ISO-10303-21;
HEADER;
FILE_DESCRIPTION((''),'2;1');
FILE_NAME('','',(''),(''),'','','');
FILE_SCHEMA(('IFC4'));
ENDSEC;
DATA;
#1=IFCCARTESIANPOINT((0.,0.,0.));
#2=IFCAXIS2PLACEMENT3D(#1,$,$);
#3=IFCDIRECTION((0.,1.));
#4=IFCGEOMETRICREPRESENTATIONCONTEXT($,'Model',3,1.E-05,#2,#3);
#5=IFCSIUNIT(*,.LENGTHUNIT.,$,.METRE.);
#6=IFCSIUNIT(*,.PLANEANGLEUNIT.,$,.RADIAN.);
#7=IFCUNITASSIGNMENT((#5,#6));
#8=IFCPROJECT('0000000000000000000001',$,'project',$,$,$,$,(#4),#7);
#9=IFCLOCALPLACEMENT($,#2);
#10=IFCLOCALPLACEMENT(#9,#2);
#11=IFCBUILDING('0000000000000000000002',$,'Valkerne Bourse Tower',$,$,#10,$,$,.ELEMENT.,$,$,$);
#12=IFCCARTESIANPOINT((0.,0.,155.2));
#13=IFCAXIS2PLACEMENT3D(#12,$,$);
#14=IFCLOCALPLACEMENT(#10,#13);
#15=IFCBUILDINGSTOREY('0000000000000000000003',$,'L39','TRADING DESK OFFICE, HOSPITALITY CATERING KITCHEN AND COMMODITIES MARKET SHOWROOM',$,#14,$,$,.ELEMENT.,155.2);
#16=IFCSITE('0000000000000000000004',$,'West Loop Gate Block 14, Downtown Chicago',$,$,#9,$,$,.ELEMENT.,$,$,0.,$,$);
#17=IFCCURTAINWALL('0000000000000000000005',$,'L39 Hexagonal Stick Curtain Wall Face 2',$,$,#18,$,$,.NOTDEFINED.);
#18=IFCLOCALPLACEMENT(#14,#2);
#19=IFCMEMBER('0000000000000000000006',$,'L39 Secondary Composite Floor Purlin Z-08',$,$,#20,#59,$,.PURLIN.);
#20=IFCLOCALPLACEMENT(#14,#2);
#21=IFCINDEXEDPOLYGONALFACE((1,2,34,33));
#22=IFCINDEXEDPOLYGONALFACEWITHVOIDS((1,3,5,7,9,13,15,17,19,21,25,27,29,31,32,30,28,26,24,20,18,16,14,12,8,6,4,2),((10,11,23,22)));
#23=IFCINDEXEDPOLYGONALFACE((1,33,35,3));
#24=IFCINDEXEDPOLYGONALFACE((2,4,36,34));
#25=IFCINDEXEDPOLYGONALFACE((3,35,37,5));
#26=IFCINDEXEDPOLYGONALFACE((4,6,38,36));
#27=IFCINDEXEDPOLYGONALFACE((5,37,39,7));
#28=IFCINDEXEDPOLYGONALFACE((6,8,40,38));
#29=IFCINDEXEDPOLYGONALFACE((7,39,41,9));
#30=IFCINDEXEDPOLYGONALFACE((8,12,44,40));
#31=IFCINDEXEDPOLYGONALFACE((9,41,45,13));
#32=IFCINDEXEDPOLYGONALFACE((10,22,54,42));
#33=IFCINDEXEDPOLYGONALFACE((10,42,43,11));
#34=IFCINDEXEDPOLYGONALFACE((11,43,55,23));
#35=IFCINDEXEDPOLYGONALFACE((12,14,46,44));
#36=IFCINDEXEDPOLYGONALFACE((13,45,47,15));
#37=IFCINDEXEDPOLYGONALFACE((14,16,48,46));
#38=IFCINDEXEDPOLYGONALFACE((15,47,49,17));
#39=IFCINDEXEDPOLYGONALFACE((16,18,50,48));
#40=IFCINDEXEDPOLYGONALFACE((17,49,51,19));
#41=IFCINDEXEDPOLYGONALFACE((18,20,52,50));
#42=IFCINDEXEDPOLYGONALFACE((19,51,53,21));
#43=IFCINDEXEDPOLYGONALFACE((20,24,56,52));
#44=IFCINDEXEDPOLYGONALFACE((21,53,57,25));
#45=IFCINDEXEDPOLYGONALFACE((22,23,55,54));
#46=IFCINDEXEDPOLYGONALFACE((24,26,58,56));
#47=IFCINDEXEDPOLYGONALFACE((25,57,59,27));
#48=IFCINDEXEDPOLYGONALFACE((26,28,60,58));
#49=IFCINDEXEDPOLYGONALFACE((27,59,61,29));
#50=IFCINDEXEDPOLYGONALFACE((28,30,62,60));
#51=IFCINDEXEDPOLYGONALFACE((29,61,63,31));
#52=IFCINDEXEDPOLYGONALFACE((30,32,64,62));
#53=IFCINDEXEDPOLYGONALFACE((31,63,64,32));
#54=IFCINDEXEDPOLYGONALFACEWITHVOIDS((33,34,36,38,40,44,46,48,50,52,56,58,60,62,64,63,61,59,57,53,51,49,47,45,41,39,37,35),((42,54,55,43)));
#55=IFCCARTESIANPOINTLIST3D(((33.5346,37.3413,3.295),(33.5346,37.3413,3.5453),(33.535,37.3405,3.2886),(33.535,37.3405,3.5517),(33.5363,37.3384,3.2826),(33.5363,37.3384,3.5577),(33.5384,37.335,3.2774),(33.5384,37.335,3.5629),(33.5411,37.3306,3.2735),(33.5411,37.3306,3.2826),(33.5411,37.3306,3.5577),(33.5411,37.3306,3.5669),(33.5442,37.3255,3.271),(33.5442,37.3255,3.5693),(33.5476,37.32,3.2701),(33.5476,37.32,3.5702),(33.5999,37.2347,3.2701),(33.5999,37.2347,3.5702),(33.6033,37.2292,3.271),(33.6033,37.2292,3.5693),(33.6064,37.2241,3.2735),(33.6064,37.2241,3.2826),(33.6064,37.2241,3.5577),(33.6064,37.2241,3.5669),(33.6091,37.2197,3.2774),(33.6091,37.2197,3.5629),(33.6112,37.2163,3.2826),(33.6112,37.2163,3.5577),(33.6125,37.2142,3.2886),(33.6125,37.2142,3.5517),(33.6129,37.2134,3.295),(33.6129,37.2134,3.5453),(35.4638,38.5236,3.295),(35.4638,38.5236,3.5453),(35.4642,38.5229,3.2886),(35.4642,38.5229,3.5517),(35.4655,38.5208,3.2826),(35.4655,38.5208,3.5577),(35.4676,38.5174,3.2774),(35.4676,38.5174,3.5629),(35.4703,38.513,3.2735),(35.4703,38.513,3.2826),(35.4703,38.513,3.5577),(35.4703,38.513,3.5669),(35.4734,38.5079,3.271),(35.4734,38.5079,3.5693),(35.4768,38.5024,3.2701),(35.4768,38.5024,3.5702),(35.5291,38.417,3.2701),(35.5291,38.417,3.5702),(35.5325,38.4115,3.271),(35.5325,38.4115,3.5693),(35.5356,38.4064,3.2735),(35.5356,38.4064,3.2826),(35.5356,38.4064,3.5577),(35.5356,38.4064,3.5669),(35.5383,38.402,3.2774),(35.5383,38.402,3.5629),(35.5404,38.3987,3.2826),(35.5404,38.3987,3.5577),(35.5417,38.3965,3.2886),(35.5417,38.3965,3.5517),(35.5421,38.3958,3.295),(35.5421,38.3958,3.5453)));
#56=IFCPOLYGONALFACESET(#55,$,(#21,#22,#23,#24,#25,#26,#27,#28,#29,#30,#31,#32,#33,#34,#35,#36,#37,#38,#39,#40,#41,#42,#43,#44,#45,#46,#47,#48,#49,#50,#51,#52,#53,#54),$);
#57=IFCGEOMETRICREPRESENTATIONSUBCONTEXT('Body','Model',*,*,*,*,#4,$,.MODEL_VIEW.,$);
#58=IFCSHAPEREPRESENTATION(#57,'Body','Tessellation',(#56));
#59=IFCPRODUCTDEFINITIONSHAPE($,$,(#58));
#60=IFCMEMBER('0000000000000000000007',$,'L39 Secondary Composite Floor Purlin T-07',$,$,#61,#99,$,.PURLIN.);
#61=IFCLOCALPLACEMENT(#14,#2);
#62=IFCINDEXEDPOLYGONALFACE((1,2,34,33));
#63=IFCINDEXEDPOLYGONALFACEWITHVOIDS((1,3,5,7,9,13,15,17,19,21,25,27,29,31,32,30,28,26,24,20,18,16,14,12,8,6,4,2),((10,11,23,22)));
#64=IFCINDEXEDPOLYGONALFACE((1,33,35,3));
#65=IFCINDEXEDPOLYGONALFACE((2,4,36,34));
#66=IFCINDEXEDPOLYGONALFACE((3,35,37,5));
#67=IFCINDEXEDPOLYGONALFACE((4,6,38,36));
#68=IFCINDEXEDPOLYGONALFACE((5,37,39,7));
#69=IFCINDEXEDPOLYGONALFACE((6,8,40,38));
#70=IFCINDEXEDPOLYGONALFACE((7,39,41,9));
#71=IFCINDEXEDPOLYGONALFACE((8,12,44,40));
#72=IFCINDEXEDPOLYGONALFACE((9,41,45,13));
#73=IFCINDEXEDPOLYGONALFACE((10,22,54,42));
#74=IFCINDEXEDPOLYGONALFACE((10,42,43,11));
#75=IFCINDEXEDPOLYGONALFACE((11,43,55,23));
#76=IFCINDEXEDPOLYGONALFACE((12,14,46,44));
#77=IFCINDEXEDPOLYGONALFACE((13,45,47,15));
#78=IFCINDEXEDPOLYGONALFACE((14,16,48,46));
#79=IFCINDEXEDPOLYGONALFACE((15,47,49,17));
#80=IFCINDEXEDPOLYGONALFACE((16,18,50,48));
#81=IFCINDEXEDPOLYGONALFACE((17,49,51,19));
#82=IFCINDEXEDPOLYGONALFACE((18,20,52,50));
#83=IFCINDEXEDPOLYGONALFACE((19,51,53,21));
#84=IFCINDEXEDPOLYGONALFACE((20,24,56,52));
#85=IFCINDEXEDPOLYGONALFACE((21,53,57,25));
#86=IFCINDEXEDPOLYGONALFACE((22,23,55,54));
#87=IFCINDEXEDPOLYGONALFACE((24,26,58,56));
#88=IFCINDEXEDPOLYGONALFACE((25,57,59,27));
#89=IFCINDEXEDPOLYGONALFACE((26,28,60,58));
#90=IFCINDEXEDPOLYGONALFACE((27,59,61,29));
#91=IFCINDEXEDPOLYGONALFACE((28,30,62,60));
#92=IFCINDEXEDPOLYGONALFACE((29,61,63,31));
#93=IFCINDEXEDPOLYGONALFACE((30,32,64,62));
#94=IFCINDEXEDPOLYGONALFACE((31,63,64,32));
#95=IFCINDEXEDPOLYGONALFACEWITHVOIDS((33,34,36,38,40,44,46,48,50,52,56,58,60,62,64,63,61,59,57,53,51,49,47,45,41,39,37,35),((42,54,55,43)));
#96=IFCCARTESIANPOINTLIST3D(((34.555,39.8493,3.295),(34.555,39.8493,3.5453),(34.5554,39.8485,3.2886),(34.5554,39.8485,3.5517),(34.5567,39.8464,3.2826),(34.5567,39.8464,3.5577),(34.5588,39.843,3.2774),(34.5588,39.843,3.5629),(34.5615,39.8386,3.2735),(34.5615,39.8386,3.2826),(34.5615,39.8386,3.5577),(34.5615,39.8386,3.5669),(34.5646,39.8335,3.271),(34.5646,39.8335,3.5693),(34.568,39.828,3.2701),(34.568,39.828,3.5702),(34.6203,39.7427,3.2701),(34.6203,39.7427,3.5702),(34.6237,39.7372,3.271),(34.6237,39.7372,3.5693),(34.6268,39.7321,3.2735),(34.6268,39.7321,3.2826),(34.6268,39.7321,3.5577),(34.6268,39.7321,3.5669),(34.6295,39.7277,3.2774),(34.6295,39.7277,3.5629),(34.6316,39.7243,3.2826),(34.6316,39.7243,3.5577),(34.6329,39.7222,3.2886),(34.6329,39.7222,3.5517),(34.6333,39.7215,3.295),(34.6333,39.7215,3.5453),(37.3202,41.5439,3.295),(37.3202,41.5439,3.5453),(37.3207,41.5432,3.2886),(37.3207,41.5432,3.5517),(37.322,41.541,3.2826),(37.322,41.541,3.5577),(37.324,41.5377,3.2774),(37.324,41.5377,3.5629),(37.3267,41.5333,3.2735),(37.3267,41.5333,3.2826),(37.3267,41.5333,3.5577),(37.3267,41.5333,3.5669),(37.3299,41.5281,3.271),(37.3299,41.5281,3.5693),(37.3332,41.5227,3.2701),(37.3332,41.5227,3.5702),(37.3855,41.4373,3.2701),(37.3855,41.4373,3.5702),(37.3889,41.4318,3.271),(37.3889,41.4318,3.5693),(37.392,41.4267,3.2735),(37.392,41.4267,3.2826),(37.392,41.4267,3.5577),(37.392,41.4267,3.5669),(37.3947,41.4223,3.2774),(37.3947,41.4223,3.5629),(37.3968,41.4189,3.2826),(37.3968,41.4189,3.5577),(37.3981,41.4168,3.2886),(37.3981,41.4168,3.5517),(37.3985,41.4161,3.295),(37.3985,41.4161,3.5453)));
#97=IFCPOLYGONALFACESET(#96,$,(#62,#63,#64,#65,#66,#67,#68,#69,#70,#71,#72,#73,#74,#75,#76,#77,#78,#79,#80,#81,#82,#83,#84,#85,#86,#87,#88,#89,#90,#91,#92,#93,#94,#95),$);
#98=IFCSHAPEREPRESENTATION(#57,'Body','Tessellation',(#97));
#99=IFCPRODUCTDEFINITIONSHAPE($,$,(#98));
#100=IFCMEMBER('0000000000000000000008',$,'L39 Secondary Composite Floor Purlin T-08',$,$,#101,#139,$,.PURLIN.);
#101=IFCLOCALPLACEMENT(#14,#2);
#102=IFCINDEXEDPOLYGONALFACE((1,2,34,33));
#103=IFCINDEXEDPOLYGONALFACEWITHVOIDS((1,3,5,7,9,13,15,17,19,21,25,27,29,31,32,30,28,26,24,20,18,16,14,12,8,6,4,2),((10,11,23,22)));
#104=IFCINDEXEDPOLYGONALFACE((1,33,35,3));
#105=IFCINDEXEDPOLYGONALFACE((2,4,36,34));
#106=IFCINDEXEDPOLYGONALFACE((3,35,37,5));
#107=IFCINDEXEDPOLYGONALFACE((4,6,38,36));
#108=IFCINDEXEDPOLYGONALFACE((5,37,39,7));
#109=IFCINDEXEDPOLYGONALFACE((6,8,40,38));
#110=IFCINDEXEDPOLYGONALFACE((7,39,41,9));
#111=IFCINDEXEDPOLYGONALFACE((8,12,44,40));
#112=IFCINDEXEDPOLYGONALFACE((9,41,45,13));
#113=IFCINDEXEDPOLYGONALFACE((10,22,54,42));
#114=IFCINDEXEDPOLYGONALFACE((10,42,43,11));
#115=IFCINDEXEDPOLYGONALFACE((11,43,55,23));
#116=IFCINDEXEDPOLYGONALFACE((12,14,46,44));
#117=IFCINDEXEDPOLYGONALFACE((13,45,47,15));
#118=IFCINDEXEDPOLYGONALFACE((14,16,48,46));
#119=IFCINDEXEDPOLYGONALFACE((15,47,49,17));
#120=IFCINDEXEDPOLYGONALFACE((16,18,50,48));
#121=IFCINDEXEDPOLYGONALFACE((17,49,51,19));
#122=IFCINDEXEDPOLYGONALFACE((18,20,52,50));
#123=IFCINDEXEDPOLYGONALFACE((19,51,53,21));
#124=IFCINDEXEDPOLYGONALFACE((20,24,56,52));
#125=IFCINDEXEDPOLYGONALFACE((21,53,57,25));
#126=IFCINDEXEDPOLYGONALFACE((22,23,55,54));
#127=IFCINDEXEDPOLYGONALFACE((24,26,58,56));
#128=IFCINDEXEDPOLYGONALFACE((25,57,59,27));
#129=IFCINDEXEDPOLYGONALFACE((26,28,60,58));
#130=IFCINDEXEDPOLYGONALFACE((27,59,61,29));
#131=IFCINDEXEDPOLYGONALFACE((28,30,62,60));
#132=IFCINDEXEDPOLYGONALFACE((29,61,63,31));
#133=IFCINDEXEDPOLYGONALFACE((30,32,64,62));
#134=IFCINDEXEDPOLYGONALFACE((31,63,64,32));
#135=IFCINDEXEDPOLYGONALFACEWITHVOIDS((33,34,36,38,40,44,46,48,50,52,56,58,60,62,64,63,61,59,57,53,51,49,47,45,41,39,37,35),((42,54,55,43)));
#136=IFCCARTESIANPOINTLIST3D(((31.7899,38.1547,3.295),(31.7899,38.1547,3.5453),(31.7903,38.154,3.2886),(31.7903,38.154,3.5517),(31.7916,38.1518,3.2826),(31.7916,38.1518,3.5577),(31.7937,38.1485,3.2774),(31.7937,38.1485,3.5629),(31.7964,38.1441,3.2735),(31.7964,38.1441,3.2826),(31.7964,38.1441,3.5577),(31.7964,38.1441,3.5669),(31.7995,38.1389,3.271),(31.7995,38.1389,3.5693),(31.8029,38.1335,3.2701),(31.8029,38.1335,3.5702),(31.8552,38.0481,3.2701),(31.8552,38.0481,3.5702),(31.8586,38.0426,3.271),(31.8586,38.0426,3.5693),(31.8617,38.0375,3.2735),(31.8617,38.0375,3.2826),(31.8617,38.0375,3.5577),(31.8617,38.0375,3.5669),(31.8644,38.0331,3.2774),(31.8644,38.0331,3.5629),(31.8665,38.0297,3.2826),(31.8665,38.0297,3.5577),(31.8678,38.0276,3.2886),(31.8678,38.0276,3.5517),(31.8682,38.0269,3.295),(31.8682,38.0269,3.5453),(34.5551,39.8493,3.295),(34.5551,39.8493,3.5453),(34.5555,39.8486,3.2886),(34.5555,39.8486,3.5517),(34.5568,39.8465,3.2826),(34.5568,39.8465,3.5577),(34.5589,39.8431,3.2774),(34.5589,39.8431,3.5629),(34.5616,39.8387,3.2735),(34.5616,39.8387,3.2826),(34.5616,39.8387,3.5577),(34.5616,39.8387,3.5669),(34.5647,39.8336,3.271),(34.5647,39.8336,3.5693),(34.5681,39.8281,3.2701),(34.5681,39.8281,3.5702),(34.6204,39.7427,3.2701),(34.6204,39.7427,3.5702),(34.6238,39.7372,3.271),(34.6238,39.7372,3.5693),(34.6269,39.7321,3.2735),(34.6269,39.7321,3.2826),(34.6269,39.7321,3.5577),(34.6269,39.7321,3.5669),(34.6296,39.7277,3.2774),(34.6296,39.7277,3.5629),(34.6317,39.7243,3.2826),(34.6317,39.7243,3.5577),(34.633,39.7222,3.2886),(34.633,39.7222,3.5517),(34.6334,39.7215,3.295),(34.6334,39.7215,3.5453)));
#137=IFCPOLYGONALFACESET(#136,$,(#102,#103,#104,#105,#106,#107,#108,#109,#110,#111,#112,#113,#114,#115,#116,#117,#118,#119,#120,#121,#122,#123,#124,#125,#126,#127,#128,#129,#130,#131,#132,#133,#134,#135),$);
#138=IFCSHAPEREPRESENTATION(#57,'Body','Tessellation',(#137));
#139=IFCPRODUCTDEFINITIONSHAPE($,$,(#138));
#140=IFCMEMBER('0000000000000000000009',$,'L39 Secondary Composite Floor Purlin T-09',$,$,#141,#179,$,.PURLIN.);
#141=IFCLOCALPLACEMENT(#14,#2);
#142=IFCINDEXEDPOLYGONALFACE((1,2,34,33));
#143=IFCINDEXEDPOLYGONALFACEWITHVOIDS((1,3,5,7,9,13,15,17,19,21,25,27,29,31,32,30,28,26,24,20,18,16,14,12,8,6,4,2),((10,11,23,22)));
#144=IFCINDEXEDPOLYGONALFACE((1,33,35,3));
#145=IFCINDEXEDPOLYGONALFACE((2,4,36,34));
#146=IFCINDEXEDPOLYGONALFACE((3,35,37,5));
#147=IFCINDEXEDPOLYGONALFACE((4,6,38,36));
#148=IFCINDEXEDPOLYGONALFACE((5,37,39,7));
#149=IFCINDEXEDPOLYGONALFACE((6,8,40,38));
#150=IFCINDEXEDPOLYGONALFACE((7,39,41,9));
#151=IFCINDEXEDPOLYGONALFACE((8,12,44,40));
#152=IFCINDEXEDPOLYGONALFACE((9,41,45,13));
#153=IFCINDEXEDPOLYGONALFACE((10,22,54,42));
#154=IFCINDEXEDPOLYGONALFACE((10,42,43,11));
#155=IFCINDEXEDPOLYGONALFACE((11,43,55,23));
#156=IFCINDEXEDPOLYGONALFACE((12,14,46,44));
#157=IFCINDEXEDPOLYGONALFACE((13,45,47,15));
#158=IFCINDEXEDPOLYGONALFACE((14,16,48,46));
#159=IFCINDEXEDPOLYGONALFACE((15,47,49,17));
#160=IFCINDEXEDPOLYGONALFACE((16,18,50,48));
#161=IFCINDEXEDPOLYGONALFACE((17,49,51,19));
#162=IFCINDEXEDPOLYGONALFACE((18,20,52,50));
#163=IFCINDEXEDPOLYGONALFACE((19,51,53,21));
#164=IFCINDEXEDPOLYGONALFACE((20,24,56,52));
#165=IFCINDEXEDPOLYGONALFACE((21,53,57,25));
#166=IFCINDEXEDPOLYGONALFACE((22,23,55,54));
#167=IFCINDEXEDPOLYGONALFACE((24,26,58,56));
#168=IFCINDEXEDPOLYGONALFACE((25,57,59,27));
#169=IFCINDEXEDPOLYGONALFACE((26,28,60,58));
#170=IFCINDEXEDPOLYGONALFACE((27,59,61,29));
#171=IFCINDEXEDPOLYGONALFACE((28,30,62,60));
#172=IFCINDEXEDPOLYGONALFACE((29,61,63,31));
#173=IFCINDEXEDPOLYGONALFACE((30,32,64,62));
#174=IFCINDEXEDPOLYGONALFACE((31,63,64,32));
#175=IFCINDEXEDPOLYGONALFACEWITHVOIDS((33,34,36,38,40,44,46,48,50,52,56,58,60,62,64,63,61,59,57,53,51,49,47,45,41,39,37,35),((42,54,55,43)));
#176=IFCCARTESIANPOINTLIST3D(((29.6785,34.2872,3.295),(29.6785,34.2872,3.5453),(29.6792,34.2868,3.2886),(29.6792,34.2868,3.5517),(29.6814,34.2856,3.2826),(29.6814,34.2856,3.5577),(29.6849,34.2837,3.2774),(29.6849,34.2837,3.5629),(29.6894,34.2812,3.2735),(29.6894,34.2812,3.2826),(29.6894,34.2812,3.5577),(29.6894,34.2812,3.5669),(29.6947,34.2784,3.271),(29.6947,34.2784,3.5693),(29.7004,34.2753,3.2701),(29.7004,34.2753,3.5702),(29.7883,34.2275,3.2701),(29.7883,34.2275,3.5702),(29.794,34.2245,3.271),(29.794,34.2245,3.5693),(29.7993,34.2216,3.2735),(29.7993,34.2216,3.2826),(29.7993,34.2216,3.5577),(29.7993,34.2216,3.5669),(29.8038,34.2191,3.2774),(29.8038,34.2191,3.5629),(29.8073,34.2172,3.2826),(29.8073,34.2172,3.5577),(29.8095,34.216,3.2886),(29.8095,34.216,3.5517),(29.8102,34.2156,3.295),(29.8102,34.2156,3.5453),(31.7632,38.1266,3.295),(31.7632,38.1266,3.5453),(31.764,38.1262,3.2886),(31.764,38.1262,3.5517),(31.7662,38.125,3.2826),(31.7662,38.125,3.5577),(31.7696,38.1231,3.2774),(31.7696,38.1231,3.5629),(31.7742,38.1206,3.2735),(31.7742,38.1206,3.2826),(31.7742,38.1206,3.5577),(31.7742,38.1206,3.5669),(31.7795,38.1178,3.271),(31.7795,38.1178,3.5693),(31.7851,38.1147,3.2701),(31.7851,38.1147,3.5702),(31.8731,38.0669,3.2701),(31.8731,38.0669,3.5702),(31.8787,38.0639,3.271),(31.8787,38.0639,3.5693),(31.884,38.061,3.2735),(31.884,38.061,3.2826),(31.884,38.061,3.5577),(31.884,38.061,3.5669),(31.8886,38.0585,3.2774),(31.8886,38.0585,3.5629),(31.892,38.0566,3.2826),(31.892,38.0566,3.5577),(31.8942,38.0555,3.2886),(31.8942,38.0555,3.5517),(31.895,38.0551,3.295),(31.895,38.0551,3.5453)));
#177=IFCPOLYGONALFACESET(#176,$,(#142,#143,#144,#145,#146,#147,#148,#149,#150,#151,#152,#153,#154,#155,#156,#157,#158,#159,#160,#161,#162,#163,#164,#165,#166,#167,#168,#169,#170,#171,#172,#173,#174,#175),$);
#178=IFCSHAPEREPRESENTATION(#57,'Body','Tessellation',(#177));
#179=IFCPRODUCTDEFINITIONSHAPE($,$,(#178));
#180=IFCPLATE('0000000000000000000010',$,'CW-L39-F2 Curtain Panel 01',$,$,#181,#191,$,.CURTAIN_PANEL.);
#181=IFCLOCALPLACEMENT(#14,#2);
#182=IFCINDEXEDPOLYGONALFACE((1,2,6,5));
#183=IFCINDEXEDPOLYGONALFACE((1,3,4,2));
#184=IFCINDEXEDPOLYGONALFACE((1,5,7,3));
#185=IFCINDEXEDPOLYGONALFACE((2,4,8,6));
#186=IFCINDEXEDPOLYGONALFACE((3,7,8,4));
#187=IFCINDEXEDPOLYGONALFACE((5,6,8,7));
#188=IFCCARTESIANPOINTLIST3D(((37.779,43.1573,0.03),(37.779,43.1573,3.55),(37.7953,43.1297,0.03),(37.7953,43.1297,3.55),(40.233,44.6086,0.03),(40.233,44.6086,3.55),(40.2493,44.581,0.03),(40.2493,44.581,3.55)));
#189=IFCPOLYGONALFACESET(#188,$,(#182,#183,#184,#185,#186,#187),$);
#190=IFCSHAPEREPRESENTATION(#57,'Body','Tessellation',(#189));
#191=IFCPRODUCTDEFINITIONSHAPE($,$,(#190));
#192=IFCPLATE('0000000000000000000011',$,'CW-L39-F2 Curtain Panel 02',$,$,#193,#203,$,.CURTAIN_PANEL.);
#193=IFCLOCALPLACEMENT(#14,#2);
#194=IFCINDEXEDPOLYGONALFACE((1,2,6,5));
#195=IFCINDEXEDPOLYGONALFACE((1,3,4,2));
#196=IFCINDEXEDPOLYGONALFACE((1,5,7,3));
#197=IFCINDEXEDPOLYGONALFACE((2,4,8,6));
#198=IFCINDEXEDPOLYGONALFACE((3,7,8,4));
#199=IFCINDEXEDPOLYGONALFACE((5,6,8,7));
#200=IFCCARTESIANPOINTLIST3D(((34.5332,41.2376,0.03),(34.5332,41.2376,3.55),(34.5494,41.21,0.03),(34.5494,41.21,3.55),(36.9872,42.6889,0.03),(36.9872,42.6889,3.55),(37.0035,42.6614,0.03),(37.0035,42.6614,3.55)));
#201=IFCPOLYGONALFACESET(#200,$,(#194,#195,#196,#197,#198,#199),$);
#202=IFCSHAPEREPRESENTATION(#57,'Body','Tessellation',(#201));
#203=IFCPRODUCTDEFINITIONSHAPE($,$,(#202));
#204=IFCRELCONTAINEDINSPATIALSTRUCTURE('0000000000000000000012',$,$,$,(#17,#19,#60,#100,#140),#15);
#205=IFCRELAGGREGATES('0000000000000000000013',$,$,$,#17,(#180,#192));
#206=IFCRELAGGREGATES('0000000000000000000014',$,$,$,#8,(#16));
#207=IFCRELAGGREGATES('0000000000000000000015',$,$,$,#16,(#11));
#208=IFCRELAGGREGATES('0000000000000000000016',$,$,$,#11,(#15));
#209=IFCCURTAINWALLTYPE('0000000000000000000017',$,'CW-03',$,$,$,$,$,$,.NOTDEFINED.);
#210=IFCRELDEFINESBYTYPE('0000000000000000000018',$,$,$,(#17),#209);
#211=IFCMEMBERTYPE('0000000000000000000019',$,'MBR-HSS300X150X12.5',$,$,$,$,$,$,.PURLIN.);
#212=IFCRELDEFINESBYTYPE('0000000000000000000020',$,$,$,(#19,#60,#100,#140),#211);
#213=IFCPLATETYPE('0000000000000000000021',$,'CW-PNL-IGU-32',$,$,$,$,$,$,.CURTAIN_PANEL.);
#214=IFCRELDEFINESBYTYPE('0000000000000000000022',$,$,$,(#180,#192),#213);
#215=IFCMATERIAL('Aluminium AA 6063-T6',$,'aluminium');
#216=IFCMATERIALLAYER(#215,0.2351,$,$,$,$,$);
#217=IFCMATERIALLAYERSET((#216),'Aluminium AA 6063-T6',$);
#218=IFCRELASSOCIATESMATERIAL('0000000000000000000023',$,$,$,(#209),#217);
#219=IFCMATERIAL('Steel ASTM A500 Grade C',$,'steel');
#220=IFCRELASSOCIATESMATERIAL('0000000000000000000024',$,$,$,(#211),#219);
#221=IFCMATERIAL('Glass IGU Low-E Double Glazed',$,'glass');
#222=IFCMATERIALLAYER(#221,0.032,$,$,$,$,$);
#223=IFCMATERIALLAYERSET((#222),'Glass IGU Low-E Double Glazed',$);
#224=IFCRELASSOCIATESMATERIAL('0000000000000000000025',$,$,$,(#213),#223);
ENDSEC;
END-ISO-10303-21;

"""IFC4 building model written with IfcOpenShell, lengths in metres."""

from ifc_helpers import new_model, si_unit, direction, frame, origin, origin_2d, place, context, subcontext, project, spatial, rectangle, hollow_rectangle, extrude, material, layer, layer_set, material_profile, profile_set, type_object, element, aggregate, save


model = new_model("IFC4")

# Units and contexts
model_context = context("Model", 3, precision=1e-05, world=origin(), true_north=direction((0.0, 1.0)))
body_context = subcontext(model_context, "Body", "Model", "MODEL_VIEW")
ifc_project = project(units=[si_unit("LENGTHUNIT", "METRE"), si_unit("PLANEANGLEUNIT", "RADIAN")], contexts=[model_context])

# Site, building, storey
site_placement = place(None, origin())
site = spatial("IfcSite", under=ifc_project, at=site_placement, Name="West Loop Gate Block 14, Downtown Chicago", CompositionType="ELEMENT", RefElevation=0.0)
building_placement = place(site_placement, origin())
building = spatial("IfcBuilding", under=site, at=building_placement, Name="Valkerne Bourse Tower", CompositionType="ELEMENT")
storey_placement = place(building_placement, frame((0.0, 0.0, 155.2)))
storey = spatial("IfcBuildingStorey", under=building, at=storey_placement, Name="L39", Description="TRADING DESK OFFICE, HOSPITALITY CATERING KITCHEN AND COMMODITIES MARKET SHOWROOM", CompositionType="ELEMENT", Elevation=155.2)

# Curtain wall
ifc_material_1 = material(Name="Aluminium AA 6063-T6", Category="aluminium")
ifc_layer_1 = layer(ifc_material_1, 0.2351)
ifc_layer_set_1 = layer_set([ifc_layer_1], Name="Aluminium AA 6063-T6")
curtain_wall_type = type_object("IfcCurtainWallType", Name="CW-03", PredefinedType="NOTDEFINED", material=ifc_layer_set_1)
curtain_wall_placement = place(storey_placement, origin())
curtain_wall = element("IfcCurtainWall", 1, at=curtain_wall_placement, inside=storey, type_object=curtain_wall_type, Name="L39 Hexagonal Stick Curtain Wall Face 2", PredefinedType="NOTDEFINED")

# Members
ifc_material_2 = material(Name="Steel ASTM A500 Grade C", Category="steel")
ifc_material_profile_1 = material_profile(ifc_material_2, hollow_rectangle(XDim=0.1499, YDim=0.3, WallThickness=0.0125, OuterFilletRadius=0.0249, at=origin_2d()), Name="HSS300X150X12.5")
ifc_profile_set_1 = profile_set([ifc_material_profile_1], Name="Steel ASTM A500 Grade C")
member_type_1 = type_object("IfcMemberType", Name="MBR-HSS300X150X12.5", PredefinedType="PURLIN", material=ifc_profile_set_1)
for number, where, z_axis, x_axis, name in (
    (2, (35.5029, 38.4597, 3.4202), (-0.852609, -0.522549, 0.0), (0.522549, -0.852609, 0.0), "L39 Secondary Composite Floor Purlin Z-08"),
):
    element("IfcMember", number, at=place(storey_placement, frame(where, z_axis=z_axis, x_axis=x_axis)), inside=storey, type_object=member_type_1, Name=name, PredefinedType="PURLIN", context=body_context, shape_type="SweptSolid", body=[
        extrude(hollow_rectangle(XDim=0.1499, YDim=0.3, WallThickness=0.0125, OuterFilletRadius=0.0249, at=origin_2d()), origin(), (0.0, 0.0, 1.0), 2.2627),
    ])
for number, where, z_axis, x_axis, name in (
    (3, (37.3594, 41.48, 3.4202), (-0.852626, -0.522521, 0.0), (0.522521, -0.852626, 0.0), "L39 Secondary Composite Floor Purlin T-07"),
    (4, (34.5942, 39.7854, 3.4202), (-0.852626, -0.522521, 0.0), (0.522521, -0.852626, 0.0), "L39 Secondary Composite Floor Purlin T-08"),
):
    element("IfcMember", number, at=place(storey_placement, frame(where, z_axis=z_axis, x_axis=x_axis)), inside=storey, type_object=member_type_1, Name=name, PredefinedType="PURLIN", context=body_context, shape_type="SweptSolid", body=[
        extrude(hollow_rectangle(XDim=0.1499, YDim=0.3, WallThickness=0.0125, OuterFilletRadius=0.0249, at=origin_2d()), origin(), (0.0, 0.0, 1.0), 3.2432),
    ])
member_1_placement = place(storey_placement, frame((31.8291, 38.0908, 3.4202), z_axis=(-0.477179, -0.878806, 0.0), x_axis=(0.878806, -0.477179, 0.0)))
element("IfcMember", 5, at=member_1_placement, inside=storey, type_object=member_type_1, Name="L39 Secondary Composite Floor Purlin T-09", PredefinedType="PURLIN", context=body_context, shape_type="SweptSolid", body=[
    extrude(hollow_rectangle(XDim=0.1499, YDim=0.3, WallThickness=0.0125, OuterFilletRadius=0.0249, at=origin_2d()), origin(), (0.0, 0.0, 1.0), 4.3689),
])

# Plates
ifc_material_3 = material(Name="Glass IGU Low-E Double Glazed", Category="glass")
ifc_layer_2 = layer(ifc_material_3, 0.032)
ifc_layer_set_2 = layer_set([ifc_layer_2], Name="Glass IGU Low-E Double Glazed")
plate_type = type_object("IfcPlateType", Name="CW-PNL-IGU-32", PredefinedType="CURTAIN_PANEL", material=ifc_layer_set_2)
plate_1_placement = place(storey_placement, frame((39.0142, 43.8691, 0.03), z_axis=(0.0, 0.0, 1.0), x_axis=(-0.860744, -0.509038, 0.0)))
plate_1 = element("IfcPlate", 6, at=plate_1_placement, type_object=plate_type, Name="CW-L39-F2 Curtain Panel 01", PredefinedType="CURTAIN_PANEL", context=body_context, shape_type="SweptSolid", body=[
    extrude(rectangle(XDim=2.8511, YDim=0.032, at=origin_2d()), origin(), (0.0, 0.0, 1.0), 3.52),
])
plate_2_placement = place(storey_placement, frame((35.7683, 41.9495, 0.03), z_axis=(0.0, 0.0, 1.0), x_axis=(-0.860737, -0.509049, 0.0)))
plate_2 = element("IfcPlate", 7, at=plate_2_placement, type_object=plate_type, Name="CW-L39-F2 Curtain Panel 02", PredefinedType="CURTAIN_PANEL", context=body_context, shape_type="SweptSolid", body=[
    extrude(rectangle(XDim=2.8511, YDim=0.032, at=origin_2d()), origin(), (0.0, 0.0, 1.0), 3.52),
])
aggregate(curtain_wall, [plate_1, plate_2])

save(model, "model.ifc")
